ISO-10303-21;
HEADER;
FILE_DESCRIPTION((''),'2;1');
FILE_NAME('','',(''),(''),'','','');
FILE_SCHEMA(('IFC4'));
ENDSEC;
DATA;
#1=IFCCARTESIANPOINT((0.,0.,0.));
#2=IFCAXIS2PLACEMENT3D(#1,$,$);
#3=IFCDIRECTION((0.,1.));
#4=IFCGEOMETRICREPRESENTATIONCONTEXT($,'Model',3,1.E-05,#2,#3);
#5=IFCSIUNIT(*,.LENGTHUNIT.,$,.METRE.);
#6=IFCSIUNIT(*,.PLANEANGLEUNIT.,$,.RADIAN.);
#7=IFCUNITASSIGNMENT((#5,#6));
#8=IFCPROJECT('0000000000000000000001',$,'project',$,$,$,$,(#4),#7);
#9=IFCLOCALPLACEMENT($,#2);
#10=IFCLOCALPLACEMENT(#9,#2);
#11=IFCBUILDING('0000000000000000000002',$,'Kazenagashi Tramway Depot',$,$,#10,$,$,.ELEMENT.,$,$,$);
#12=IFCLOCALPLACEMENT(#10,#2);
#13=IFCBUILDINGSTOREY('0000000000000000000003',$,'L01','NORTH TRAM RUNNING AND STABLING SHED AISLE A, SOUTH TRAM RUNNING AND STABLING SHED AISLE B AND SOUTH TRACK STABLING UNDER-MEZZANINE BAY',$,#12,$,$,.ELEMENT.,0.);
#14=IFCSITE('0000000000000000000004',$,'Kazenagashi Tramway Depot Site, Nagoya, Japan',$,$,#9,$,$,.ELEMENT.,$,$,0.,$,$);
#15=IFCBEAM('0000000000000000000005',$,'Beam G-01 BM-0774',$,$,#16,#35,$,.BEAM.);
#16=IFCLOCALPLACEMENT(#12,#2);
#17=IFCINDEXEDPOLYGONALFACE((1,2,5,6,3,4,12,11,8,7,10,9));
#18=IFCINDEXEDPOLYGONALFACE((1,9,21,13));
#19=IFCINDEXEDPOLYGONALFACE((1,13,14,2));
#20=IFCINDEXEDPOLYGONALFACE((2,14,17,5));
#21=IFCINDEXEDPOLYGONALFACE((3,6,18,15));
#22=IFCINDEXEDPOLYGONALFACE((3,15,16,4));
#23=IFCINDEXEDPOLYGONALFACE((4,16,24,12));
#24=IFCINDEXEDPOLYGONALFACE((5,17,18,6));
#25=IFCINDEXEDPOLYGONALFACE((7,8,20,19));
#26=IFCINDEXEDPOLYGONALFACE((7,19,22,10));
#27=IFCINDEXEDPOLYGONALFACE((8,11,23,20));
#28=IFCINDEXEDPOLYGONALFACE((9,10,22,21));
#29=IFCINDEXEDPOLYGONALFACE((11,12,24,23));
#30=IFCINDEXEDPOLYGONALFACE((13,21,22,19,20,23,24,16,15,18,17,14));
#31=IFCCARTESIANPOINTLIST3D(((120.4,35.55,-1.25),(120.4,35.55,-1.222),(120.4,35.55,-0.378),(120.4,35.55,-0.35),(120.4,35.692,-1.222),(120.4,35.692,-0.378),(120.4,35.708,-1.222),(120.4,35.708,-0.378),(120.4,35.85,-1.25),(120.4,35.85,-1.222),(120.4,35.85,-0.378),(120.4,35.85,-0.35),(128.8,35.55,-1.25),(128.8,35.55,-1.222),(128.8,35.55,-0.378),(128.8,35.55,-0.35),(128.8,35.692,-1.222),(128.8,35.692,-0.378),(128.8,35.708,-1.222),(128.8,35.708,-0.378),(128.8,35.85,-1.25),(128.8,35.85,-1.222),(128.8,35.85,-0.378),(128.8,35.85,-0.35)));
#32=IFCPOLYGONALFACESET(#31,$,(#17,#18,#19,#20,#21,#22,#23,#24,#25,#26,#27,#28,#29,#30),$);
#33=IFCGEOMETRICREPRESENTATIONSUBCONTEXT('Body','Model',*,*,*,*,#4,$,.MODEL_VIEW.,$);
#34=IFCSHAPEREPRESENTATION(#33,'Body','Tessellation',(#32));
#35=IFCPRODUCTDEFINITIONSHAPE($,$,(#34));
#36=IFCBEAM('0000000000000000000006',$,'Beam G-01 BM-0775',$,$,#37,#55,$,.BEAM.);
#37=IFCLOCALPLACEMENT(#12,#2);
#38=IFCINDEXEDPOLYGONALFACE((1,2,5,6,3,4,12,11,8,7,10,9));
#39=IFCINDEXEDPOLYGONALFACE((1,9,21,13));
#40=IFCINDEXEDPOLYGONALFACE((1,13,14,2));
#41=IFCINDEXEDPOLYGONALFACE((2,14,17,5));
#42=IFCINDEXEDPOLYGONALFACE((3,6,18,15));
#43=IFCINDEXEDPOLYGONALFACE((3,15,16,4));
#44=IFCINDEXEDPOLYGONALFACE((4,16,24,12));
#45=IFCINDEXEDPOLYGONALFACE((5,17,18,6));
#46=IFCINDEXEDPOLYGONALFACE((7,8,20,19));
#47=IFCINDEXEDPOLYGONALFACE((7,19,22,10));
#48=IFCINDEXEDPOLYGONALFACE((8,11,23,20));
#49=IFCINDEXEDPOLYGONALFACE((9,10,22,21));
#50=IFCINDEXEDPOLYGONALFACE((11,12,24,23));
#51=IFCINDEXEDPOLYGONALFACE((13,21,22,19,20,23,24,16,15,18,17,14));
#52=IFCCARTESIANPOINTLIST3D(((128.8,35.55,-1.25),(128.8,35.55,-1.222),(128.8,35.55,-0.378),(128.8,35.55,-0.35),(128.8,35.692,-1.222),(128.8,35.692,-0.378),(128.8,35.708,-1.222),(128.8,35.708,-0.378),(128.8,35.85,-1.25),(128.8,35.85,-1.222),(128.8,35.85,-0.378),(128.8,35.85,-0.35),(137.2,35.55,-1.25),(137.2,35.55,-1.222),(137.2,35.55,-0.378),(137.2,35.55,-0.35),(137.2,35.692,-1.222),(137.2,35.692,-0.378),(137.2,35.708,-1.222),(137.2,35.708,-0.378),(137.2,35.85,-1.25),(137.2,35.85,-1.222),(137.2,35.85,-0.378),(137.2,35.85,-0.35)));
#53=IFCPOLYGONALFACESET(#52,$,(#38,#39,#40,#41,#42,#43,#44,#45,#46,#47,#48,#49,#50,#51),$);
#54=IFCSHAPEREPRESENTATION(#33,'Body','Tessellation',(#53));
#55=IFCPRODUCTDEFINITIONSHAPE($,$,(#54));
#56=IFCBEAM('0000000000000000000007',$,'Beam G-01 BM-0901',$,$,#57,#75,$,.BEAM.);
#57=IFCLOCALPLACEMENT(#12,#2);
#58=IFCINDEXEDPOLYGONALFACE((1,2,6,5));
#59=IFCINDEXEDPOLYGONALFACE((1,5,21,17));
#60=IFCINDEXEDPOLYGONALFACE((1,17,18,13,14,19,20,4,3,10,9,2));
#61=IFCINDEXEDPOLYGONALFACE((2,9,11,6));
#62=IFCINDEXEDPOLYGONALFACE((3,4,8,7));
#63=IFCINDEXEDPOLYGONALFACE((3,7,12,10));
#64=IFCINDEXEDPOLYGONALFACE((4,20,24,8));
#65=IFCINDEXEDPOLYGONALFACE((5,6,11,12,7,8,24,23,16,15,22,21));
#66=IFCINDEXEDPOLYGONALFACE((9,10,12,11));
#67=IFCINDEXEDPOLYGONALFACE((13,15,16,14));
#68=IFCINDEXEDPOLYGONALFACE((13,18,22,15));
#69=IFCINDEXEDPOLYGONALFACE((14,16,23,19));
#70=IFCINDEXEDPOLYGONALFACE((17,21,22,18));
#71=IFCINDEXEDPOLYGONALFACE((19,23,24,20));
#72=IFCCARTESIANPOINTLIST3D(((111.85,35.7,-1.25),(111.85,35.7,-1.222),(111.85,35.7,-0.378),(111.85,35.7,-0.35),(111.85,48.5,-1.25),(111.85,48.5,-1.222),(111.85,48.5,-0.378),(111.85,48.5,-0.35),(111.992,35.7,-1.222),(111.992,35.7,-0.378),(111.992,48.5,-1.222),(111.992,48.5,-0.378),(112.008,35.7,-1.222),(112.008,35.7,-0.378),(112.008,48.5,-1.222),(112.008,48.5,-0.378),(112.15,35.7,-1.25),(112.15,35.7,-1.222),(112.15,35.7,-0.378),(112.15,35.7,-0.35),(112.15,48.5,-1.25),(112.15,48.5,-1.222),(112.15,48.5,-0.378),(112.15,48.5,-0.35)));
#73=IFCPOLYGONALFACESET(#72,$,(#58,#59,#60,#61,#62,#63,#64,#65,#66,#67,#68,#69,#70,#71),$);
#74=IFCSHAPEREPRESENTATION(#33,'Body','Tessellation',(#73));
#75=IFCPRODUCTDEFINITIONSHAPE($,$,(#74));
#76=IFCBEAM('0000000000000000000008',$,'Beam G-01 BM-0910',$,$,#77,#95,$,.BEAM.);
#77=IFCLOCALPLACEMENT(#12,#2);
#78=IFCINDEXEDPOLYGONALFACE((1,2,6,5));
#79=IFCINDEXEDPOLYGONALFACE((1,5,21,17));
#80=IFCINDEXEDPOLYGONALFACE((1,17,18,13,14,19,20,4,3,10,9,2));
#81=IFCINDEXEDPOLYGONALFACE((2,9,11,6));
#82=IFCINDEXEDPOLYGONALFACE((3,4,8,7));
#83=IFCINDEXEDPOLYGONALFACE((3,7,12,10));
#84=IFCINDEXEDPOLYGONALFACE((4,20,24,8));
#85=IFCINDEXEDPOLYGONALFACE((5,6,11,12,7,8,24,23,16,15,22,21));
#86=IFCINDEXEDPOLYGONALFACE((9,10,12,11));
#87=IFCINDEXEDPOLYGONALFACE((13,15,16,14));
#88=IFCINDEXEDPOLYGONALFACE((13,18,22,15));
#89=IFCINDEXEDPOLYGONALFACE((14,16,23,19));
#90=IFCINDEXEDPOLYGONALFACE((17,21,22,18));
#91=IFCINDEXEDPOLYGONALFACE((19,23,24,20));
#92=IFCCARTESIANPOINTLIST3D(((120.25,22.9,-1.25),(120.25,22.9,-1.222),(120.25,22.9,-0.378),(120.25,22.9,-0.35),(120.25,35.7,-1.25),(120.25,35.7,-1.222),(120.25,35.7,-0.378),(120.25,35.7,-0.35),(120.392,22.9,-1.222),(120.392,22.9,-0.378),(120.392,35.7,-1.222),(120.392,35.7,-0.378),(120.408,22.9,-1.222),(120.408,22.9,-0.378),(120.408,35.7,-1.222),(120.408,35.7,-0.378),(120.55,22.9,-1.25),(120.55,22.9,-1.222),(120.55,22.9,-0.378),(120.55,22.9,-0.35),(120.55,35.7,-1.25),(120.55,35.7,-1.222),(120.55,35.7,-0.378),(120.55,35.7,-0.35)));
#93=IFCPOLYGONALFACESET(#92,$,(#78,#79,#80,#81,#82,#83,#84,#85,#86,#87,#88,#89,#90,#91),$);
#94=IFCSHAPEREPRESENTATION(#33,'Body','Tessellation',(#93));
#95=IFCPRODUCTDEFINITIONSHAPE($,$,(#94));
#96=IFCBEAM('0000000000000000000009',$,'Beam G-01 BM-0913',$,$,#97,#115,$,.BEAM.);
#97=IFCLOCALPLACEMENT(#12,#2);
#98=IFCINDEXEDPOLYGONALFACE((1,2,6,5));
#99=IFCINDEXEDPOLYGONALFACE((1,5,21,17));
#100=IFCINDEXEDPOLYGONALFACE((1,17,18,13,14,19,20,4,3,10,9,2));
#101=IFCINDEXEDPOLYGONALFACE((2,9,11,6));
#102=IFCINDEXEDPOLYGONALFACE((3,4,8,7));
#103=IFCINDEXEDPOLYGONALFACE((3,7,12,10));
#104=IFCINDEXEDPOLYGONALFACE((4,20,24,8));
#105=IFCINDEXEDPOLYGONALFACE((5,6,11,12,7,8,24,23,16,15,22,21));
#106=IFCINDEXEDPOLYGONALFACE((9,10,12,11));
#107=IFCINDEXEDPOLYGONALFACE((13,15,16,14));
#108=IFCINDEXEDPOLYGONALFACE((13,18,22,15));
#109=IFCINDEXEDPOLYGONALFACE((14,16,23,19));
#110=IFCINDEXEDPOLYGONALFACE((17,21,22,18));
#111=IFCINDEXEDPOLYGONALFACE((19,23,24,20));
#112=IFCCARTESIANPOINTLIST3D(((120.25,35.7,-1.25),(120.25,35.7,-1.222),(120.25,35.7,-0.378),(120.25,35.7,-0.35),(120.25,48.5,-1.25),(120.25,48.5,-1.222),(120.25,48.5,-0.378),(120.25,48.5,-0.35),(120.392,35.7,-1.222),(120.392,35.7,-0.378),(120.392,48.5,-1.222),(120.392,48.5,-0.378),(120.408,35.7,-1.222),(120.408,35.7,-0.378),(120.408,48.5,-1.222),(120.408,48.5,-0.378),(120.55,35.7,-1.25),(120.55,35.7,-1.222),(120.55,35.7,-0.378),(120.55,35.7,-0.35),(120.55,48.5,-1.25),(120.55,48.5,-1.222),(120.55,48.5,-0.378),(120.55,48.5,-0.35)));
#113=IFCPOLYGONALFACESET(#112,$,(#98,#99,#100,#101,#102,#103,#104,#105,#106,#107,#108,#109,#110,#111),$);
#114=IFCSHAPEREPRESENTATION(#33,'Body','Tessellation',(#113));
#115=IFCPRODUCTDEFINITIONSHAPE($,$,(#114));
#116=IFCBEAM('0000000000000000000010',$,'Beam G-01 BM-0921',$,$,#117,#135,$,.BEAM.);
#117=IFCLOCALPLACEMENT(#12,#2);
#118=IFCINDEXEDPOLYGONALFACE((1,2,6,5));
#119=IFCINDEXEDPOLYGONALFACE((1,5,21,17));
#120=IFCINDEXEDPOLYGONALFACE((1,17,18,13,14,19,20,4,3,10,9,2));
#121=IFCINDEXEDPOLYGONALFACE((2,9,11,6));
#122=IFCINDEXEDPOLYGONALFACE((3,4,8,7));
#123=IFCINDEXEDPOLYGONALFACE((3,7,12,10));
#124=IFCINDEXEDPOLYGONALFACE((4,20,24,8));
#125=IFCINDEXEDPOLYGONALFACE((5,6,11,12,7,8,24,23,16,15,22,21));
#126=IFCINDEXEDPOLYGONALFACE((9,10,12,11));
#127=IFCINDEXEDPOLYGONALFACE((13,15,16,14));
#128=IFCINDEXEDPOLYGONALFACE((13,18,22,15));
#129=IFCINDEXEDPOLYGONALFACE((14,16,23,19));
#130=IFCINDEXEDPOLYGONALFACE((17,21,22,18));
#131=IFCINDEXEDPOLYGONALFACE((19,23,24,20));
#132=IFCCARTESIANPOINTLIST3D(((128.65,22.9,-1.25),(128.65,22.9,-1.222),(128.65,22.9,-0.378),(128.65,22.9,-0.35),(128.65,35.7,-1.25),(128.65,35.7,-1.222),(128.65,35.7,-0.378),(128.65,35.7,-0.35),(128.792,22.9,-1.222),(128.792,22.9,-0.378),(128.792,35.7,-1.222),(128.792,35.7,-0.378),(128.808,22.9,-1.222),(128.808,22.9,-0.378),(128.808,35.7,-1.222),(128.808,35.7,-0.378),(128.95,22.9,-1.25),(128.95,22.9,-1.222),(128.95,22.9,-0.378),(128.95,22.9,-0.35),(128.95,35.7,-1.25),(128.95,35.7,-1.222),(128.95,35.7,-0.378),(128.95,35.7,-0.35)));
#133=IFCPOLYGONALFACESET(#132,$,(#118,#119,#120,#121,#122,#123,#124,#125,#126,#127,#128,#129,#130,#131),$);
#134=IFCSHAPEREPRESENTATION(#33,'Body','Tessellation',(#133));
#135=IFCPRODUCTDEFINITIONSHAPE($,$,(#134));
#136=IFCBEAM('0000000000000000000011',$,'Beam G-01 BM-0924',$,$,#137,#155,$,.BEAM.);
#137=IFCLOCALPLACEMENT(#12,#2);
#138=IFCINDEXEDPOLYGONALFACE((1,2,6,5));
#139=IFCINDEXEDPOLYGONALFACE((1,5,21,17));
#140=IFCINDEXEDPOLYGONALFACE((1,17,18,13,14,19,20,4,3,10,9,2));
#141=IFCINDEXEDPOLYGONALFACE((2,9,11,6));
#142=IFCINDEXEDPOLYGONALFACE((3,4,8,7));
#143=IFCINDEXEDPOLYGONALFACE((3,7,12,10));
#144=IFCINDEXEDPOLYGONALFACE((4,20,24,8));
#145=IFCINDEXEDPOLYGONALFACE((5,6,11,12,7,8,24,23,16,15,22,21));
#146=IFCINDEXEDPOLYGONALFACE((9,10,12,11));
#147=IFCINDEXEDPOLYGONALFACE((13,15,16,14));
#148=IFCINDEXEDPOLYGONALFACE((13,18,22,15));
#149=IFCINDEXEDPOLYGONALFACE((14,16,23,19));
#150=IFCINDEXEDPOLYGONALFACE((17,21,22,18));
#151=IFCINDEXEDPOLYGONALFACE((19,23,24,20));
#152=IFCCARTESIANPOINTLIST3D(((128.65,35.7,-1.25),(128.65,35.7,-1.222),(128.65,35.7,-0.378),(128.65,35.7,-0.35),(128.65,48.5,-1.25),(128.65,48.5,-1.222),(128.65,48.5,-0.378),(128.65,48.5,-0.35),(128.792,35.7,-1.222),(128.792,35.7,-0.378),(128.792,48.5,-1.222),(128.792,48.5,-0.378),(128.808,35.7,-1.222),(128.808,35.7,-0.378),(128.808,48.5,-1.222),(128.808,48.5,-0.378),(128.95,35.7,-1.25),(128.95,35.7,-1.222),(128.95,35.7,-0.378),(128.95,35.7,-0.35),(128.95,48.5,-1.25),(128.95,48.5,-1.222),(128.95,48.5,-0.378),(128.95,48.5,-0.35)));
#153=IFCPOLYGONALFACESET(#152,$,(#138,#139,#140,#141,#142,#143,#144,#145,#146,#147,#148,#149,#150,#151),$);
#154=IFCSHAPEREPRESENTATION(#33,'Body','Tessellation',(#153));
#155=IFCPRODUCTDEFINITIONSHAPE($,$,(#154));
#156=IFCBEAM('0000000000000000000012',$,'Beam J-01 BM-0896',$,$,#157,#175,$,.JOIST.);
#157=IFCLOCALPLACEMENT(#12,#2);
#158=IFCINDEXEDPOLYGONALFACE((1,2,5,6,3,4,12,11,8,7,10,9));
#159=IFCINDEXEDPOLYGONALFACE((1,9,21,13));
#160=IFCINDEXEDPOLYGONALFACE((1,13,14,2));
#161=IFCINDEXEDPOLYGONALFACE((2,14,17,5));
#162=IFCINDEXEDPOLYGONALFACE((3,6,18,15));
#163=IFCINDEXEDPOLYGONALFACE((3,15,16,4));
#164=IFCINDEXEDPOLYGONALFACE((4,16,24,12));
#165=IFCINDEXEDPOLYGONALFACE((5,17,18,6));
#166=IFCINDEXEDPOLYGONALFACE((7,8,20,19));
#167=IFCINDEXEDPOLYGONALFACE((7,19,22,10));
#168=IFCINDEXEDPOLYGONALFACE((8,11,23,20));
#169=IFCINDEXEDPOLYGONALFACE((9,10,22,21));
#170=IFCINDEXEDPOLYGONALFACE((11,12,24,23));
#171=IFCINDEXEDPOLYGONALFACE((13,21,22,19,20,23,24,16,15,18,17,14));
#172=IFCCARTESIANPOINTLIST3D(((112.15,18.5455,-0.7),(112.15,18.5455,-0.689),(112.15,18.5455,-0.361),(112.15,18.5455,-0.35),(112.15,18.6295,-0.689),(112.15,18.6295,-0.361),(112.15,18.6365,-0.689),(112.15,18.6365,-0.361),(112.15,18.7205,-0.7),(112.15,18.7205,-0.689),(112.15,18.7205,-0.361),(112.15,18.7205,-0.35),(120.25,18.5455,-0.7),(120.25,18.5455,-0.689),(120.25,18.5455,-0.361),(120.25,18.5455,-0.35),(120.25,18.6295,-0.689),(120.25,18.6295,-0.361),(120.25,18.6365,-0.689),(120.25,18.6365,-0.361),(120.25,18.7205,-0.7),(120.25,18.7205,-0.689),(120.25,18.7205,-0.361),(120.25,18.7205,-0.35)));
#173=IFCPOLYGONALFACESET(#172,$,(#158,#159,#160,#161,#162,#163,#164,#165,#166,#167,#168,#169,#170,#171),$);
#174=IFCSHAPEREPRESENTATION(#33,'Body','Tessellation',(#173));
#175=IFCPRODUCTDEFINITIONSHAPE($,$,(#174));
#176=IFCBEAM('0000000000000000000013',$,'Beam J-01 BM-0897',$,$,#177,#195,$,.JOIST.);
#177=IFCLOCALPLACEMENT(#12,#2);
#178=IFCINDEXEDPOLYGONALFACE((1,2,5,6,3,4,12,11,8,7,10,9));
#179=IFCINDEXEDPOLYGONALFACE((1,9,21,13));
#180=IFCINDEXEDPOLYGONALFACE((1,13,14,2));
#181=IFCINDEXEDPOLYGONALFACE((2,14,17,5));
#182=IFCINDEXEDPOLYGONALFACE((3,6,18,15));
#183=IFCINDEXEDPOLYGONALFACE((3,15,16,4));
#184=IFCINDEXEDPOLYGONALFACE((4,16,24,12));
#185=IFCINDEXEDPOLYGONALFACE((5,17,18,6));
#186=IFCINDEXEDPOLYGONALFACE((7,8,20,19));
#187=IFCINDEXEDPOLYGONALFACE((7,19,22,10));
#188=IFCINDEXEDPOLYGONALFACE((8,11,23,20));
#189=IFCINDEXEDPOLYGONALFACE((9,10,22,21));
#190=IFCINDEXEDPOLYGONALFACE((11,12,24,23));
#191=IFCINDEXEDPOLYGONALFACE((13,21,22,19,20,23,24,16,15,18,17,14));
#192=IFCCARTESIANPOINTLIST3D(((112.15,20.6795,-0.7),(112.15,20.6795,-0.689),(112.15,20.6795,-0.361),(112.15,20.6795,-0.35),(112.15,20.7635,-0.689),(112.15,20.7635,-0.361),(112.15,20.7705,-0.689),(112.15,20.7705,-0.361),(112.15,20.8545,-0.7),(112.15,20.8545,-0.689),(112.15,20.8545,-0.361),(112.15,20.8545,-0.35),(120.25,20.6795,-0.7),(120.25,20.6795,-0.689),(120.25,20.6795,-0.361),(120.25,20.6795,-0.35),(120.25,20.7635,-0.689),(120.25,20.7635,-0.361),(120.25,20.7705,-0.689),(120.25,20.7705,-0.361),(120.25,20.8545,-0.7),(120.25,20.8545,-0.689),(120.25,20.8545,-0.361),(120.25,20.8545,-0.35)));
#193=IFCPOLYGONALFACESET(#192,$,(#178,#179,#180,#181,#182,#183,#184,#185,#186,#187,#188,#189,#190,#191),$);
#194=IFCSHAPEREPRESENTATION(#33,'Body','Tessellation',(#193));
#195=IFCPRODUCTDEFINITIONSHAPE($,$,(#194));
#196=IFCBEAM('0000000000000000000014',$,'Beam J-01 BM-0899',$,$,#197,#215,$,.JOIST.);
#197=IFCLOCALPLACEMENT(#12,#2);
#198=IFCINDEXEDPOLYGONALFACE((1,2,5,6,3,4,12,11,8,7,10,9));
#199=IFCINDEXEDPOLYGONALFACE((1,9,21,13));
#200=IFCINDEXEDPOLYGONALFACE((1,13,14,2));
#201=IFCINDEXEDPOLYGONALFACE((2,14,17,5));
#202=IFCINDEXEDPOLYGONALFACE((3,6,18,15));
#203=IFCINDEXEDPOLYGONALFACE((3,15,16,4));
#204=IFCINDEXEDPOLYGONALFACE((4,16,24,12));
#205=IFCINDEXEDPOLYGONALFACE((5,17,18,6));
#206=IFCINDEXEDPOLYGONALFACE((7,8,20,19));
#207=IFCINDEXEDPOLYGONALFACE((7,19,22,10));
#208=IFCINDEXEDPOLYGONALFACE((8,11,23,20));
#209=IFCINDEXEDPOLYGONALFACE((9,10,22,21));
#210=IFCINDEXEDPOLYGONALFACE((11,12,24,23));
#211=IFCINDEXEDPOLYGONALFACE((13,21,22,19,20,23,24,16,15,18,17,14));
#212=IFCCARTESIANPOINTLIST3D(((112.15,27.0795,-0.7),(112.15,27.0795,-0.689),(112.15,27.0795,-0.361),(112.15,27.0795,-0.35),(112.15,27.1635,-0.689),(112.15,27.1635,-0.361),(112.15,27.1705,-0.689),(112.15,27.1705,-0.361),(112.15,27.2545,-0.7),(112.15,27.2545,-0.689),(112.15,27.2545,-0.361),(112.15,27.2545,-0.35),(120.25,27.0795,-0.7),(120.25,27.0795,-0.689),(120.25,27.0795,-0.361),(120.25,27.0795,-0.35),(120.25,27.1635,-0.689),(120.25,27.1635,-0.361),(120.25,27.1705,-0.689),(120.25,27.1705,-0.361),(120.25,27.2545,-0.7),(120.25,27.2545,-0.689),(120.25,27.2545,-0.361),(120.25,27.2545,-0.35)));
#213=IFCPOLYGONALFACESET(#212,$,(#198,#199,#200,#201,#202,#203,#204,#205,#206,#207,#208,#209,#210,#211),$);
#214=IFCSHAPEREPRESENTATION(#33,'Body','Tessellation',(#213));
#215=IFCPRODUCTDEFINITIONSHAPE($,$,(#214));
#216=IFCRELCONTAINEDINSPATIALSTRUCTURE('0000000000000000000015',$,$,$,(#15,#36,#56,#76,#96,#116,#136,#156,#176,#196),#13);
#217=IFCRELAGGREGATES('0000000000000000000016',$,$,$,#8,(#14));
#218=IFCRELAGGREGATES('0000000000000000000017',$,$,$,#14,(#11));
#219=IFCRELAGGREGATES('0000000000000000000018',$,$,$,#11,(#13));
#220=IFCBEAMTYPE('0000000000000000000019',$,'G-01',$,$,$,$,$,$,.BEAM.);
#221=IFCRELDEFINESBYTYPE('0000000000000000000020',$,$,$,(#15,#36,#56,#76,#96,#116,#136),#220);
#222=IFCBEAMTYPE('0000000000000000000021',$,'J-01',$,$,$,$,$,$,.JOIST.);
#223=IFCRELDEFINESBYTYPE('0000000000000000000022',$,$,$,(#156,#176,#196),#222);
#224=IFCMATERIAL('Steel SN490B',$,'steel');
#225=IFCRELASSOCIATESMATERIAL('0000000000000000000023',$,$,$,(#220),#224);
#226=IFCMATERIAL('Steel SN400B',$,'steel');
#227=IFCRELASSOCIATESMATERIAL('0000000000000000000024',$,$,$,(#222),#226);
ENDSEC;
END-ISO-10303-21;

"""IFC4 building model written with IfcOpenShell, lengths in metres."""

from ifc_helpers import new_model, si_unit, direction, frame, origin, origin_2d, place, context, subcontext, project, spatial, i_section, extrude, material, material_profile, profile_set, type_object, element, save


model = new_model("IFC4")

# Units and contexts
model_context = context("Model", 3, precision=1e-05, world=origin(), true_north=direction((0.0, 1.0)))
body_context = subcontext(model_context, "Body", "Model", "MODEL_VIEW")
ifc_project = project(units=[si_unit("LENGTHUNIT", "METRE"), si_unit("PLANEANGLEUNIT", "RADIAN")], contexts=[model_context])

# Site, building, storey
site_placement = place(None, origin())
site = spatial("IfcSite", under=ifc_project, at=site_placement, Name="Kazenagashi Tramway Depot Site, Nagoya, Japan", CompositionType="ELEMENT", RefElevation=0.0)
building_placement = place(site_placement, origin())
building = spatial("IfcBuilding", under=site, at=building_placement, Name="Kazenagashi Tramway Depot", CompositionType="ELEMENT")
storey_placement = place(building_placement, origin())
storey = spatial("IfcBuildingStorey", under=building, at=storey_placement, Name="L01", Description="NORTH TRAM RUNNING AND STABLING SHED AISLE A, SOUTH TRAM RUNNING AND STABLING SHED AISLE B AND SOUTH TRACK STABLING UNDER-MEZZANINE BAY", CompositionType="ELEMENT", Elevation=0.0)

# Shared definitions
ifc_material_1 = material(Name="Steel SN490B", Category="steel")

# Beams
ifc_material_profile_1 = material_profile(ifc_material_1, i_section(OverallWidth=0.3, OverallDepth=0.9, WebThickness=0.016, FlangeThickness=0.028, at=origin_2d()), Name="H-900x300x16x28")
ifc_profile_set_1 = profile_set([ifc_material_profile_1], Name="Steel SN490B")
beam_type_1 = type_object("IfcBeamType", Name="G-01", PredefinedType="BEAM", material=ifc_profile_set_1)
for number, where, z_axis, x_axis, name in (
    (1, (120.4, 35.7, -0.8), (1.0, 0.0, 0.0), (0.0, 1.0, 0.0), "Beam G-01 BM-0774"),
    (2, (128.8, 35.7, -0.8), (1.0, 0.0, 0.0), (0.0, 1.0, 0.0), "Beam G-01 BM-0775"),
):
    element("IfcBeam", number, at=place(storey_placement, frame(where, z_axis=z_axis, x_axis=x_axis)), inside=storey, type_object=beam_type_1, Name=name, PredefinedType="BEAM", context=body_context, shape_type="SweptSolid", body=[
        extrude(i_section(OverallWidth=0.3, OverallDepth=0.9, WebThickness=0.016, FlangeThickness=0.028, at=origin_2d()), origin(), (0.0, 0.0, 1.0), 8.4),
    ])
for number, where, z_axis, x_axis, name in (
    (3, (112.0, 35.7, -0.8), (0.0, 1.0, 0.0), (-1.0, 0.0, 0.0), "Beam G-01 BM-0901"),
    (4, (120.4, 22.9, -0.8), (0.0, 1.0, 0.0), (-1.0, 0.0, 0.0), "Beam G-01 BM-0910"),
    (5, (120.4, 35.7, -0.8), (0.0, 1.0, 0.0), (-1.0, 0.0, 0.0), "Beam G-01 BM-0913"),
    (6, (128.8, 22.9, -0.8), (0.0, 1.0, 0.0), (-1.0, 0.0, 0.0), "Beam G-01 BM-0921"),
    (7, (128.8, 35.7, -0.8), (0.0, 1.0, 0.0), (-1.0, 0.0, 0.0), "Beam G-01 BM-0924"),
):
    element("IfcBeam", number, at=place(storey_placement, frame(where, z_axis=z_axis, x_axis=x_axis)), inside=storey, type_object=beam_type_1, Name=name, PredefinedType="BEAM", context=body_context, shape_type="SweptSolid", body=[
        extrude(i_section(OverallWidth=0.3, OverallDepth=0.9, WebThickness=0.016, FlangeThickness=0.028, at=origin_2d()), origin(), (0.0, 0.0, 1.0), 12.8),
    ])
ifc_material_2 = material(Name="Steel SN400B", Category="steel")
ifc_material_profile_2 = material_profile(ifc_material_2, i_section(OverallWidth=0.175, OverallDepth=0.35, WebThickness=0.007, FlangeThickness=0.011, at=origin_2d()), Name="H-350x175x7x11")
ifc_profile_set_2 = profile_set([ifc_material_profile_2], Name="Steel SN400B")
beam_type_2 = type_object("IfcBeamType", Name="J-01", PredefinedType="JOIST", material=ifc_profile_set_2)
for number, where, z_axis, x_axis, name in (
    (8, (112.15, 18.633, -0.525), (1.0, 0.0, 0.0), (0.0, 1.0, 0.0), "Beam J-01 BM-0896"),
    (9, (112.15, 20.767, -0.525), (1.0, 0.0, 0.0), (0.0, 1.0, 0.0), "Beam J-01 BM-0897"),
    (10, (112.15, 27.167, -0.525), (1.0, 0.0, 0.0), (0.0, 1.0, 0.0), "Beam J-01 BM-0899"),
):
    element("IfcBeam", number, at=place(storey_placement, frame(where, z_axis=z_axis, x_axis=x_axis)), inside=storey, type_object=beam_type_2, Name=name, PredefinedType="JOIST", context=body_context, shape_type="SweptSolid", body=[
        extrude(i_section(OverallWidth=0.175, OverallDepth=0.35, WebThickness=0.007, FlangeThickness=0.011, at=origin_2d()), origin(), (0.0, 0.0, 1.0), 8.1),
    ])

save(model, "model.ifc")
